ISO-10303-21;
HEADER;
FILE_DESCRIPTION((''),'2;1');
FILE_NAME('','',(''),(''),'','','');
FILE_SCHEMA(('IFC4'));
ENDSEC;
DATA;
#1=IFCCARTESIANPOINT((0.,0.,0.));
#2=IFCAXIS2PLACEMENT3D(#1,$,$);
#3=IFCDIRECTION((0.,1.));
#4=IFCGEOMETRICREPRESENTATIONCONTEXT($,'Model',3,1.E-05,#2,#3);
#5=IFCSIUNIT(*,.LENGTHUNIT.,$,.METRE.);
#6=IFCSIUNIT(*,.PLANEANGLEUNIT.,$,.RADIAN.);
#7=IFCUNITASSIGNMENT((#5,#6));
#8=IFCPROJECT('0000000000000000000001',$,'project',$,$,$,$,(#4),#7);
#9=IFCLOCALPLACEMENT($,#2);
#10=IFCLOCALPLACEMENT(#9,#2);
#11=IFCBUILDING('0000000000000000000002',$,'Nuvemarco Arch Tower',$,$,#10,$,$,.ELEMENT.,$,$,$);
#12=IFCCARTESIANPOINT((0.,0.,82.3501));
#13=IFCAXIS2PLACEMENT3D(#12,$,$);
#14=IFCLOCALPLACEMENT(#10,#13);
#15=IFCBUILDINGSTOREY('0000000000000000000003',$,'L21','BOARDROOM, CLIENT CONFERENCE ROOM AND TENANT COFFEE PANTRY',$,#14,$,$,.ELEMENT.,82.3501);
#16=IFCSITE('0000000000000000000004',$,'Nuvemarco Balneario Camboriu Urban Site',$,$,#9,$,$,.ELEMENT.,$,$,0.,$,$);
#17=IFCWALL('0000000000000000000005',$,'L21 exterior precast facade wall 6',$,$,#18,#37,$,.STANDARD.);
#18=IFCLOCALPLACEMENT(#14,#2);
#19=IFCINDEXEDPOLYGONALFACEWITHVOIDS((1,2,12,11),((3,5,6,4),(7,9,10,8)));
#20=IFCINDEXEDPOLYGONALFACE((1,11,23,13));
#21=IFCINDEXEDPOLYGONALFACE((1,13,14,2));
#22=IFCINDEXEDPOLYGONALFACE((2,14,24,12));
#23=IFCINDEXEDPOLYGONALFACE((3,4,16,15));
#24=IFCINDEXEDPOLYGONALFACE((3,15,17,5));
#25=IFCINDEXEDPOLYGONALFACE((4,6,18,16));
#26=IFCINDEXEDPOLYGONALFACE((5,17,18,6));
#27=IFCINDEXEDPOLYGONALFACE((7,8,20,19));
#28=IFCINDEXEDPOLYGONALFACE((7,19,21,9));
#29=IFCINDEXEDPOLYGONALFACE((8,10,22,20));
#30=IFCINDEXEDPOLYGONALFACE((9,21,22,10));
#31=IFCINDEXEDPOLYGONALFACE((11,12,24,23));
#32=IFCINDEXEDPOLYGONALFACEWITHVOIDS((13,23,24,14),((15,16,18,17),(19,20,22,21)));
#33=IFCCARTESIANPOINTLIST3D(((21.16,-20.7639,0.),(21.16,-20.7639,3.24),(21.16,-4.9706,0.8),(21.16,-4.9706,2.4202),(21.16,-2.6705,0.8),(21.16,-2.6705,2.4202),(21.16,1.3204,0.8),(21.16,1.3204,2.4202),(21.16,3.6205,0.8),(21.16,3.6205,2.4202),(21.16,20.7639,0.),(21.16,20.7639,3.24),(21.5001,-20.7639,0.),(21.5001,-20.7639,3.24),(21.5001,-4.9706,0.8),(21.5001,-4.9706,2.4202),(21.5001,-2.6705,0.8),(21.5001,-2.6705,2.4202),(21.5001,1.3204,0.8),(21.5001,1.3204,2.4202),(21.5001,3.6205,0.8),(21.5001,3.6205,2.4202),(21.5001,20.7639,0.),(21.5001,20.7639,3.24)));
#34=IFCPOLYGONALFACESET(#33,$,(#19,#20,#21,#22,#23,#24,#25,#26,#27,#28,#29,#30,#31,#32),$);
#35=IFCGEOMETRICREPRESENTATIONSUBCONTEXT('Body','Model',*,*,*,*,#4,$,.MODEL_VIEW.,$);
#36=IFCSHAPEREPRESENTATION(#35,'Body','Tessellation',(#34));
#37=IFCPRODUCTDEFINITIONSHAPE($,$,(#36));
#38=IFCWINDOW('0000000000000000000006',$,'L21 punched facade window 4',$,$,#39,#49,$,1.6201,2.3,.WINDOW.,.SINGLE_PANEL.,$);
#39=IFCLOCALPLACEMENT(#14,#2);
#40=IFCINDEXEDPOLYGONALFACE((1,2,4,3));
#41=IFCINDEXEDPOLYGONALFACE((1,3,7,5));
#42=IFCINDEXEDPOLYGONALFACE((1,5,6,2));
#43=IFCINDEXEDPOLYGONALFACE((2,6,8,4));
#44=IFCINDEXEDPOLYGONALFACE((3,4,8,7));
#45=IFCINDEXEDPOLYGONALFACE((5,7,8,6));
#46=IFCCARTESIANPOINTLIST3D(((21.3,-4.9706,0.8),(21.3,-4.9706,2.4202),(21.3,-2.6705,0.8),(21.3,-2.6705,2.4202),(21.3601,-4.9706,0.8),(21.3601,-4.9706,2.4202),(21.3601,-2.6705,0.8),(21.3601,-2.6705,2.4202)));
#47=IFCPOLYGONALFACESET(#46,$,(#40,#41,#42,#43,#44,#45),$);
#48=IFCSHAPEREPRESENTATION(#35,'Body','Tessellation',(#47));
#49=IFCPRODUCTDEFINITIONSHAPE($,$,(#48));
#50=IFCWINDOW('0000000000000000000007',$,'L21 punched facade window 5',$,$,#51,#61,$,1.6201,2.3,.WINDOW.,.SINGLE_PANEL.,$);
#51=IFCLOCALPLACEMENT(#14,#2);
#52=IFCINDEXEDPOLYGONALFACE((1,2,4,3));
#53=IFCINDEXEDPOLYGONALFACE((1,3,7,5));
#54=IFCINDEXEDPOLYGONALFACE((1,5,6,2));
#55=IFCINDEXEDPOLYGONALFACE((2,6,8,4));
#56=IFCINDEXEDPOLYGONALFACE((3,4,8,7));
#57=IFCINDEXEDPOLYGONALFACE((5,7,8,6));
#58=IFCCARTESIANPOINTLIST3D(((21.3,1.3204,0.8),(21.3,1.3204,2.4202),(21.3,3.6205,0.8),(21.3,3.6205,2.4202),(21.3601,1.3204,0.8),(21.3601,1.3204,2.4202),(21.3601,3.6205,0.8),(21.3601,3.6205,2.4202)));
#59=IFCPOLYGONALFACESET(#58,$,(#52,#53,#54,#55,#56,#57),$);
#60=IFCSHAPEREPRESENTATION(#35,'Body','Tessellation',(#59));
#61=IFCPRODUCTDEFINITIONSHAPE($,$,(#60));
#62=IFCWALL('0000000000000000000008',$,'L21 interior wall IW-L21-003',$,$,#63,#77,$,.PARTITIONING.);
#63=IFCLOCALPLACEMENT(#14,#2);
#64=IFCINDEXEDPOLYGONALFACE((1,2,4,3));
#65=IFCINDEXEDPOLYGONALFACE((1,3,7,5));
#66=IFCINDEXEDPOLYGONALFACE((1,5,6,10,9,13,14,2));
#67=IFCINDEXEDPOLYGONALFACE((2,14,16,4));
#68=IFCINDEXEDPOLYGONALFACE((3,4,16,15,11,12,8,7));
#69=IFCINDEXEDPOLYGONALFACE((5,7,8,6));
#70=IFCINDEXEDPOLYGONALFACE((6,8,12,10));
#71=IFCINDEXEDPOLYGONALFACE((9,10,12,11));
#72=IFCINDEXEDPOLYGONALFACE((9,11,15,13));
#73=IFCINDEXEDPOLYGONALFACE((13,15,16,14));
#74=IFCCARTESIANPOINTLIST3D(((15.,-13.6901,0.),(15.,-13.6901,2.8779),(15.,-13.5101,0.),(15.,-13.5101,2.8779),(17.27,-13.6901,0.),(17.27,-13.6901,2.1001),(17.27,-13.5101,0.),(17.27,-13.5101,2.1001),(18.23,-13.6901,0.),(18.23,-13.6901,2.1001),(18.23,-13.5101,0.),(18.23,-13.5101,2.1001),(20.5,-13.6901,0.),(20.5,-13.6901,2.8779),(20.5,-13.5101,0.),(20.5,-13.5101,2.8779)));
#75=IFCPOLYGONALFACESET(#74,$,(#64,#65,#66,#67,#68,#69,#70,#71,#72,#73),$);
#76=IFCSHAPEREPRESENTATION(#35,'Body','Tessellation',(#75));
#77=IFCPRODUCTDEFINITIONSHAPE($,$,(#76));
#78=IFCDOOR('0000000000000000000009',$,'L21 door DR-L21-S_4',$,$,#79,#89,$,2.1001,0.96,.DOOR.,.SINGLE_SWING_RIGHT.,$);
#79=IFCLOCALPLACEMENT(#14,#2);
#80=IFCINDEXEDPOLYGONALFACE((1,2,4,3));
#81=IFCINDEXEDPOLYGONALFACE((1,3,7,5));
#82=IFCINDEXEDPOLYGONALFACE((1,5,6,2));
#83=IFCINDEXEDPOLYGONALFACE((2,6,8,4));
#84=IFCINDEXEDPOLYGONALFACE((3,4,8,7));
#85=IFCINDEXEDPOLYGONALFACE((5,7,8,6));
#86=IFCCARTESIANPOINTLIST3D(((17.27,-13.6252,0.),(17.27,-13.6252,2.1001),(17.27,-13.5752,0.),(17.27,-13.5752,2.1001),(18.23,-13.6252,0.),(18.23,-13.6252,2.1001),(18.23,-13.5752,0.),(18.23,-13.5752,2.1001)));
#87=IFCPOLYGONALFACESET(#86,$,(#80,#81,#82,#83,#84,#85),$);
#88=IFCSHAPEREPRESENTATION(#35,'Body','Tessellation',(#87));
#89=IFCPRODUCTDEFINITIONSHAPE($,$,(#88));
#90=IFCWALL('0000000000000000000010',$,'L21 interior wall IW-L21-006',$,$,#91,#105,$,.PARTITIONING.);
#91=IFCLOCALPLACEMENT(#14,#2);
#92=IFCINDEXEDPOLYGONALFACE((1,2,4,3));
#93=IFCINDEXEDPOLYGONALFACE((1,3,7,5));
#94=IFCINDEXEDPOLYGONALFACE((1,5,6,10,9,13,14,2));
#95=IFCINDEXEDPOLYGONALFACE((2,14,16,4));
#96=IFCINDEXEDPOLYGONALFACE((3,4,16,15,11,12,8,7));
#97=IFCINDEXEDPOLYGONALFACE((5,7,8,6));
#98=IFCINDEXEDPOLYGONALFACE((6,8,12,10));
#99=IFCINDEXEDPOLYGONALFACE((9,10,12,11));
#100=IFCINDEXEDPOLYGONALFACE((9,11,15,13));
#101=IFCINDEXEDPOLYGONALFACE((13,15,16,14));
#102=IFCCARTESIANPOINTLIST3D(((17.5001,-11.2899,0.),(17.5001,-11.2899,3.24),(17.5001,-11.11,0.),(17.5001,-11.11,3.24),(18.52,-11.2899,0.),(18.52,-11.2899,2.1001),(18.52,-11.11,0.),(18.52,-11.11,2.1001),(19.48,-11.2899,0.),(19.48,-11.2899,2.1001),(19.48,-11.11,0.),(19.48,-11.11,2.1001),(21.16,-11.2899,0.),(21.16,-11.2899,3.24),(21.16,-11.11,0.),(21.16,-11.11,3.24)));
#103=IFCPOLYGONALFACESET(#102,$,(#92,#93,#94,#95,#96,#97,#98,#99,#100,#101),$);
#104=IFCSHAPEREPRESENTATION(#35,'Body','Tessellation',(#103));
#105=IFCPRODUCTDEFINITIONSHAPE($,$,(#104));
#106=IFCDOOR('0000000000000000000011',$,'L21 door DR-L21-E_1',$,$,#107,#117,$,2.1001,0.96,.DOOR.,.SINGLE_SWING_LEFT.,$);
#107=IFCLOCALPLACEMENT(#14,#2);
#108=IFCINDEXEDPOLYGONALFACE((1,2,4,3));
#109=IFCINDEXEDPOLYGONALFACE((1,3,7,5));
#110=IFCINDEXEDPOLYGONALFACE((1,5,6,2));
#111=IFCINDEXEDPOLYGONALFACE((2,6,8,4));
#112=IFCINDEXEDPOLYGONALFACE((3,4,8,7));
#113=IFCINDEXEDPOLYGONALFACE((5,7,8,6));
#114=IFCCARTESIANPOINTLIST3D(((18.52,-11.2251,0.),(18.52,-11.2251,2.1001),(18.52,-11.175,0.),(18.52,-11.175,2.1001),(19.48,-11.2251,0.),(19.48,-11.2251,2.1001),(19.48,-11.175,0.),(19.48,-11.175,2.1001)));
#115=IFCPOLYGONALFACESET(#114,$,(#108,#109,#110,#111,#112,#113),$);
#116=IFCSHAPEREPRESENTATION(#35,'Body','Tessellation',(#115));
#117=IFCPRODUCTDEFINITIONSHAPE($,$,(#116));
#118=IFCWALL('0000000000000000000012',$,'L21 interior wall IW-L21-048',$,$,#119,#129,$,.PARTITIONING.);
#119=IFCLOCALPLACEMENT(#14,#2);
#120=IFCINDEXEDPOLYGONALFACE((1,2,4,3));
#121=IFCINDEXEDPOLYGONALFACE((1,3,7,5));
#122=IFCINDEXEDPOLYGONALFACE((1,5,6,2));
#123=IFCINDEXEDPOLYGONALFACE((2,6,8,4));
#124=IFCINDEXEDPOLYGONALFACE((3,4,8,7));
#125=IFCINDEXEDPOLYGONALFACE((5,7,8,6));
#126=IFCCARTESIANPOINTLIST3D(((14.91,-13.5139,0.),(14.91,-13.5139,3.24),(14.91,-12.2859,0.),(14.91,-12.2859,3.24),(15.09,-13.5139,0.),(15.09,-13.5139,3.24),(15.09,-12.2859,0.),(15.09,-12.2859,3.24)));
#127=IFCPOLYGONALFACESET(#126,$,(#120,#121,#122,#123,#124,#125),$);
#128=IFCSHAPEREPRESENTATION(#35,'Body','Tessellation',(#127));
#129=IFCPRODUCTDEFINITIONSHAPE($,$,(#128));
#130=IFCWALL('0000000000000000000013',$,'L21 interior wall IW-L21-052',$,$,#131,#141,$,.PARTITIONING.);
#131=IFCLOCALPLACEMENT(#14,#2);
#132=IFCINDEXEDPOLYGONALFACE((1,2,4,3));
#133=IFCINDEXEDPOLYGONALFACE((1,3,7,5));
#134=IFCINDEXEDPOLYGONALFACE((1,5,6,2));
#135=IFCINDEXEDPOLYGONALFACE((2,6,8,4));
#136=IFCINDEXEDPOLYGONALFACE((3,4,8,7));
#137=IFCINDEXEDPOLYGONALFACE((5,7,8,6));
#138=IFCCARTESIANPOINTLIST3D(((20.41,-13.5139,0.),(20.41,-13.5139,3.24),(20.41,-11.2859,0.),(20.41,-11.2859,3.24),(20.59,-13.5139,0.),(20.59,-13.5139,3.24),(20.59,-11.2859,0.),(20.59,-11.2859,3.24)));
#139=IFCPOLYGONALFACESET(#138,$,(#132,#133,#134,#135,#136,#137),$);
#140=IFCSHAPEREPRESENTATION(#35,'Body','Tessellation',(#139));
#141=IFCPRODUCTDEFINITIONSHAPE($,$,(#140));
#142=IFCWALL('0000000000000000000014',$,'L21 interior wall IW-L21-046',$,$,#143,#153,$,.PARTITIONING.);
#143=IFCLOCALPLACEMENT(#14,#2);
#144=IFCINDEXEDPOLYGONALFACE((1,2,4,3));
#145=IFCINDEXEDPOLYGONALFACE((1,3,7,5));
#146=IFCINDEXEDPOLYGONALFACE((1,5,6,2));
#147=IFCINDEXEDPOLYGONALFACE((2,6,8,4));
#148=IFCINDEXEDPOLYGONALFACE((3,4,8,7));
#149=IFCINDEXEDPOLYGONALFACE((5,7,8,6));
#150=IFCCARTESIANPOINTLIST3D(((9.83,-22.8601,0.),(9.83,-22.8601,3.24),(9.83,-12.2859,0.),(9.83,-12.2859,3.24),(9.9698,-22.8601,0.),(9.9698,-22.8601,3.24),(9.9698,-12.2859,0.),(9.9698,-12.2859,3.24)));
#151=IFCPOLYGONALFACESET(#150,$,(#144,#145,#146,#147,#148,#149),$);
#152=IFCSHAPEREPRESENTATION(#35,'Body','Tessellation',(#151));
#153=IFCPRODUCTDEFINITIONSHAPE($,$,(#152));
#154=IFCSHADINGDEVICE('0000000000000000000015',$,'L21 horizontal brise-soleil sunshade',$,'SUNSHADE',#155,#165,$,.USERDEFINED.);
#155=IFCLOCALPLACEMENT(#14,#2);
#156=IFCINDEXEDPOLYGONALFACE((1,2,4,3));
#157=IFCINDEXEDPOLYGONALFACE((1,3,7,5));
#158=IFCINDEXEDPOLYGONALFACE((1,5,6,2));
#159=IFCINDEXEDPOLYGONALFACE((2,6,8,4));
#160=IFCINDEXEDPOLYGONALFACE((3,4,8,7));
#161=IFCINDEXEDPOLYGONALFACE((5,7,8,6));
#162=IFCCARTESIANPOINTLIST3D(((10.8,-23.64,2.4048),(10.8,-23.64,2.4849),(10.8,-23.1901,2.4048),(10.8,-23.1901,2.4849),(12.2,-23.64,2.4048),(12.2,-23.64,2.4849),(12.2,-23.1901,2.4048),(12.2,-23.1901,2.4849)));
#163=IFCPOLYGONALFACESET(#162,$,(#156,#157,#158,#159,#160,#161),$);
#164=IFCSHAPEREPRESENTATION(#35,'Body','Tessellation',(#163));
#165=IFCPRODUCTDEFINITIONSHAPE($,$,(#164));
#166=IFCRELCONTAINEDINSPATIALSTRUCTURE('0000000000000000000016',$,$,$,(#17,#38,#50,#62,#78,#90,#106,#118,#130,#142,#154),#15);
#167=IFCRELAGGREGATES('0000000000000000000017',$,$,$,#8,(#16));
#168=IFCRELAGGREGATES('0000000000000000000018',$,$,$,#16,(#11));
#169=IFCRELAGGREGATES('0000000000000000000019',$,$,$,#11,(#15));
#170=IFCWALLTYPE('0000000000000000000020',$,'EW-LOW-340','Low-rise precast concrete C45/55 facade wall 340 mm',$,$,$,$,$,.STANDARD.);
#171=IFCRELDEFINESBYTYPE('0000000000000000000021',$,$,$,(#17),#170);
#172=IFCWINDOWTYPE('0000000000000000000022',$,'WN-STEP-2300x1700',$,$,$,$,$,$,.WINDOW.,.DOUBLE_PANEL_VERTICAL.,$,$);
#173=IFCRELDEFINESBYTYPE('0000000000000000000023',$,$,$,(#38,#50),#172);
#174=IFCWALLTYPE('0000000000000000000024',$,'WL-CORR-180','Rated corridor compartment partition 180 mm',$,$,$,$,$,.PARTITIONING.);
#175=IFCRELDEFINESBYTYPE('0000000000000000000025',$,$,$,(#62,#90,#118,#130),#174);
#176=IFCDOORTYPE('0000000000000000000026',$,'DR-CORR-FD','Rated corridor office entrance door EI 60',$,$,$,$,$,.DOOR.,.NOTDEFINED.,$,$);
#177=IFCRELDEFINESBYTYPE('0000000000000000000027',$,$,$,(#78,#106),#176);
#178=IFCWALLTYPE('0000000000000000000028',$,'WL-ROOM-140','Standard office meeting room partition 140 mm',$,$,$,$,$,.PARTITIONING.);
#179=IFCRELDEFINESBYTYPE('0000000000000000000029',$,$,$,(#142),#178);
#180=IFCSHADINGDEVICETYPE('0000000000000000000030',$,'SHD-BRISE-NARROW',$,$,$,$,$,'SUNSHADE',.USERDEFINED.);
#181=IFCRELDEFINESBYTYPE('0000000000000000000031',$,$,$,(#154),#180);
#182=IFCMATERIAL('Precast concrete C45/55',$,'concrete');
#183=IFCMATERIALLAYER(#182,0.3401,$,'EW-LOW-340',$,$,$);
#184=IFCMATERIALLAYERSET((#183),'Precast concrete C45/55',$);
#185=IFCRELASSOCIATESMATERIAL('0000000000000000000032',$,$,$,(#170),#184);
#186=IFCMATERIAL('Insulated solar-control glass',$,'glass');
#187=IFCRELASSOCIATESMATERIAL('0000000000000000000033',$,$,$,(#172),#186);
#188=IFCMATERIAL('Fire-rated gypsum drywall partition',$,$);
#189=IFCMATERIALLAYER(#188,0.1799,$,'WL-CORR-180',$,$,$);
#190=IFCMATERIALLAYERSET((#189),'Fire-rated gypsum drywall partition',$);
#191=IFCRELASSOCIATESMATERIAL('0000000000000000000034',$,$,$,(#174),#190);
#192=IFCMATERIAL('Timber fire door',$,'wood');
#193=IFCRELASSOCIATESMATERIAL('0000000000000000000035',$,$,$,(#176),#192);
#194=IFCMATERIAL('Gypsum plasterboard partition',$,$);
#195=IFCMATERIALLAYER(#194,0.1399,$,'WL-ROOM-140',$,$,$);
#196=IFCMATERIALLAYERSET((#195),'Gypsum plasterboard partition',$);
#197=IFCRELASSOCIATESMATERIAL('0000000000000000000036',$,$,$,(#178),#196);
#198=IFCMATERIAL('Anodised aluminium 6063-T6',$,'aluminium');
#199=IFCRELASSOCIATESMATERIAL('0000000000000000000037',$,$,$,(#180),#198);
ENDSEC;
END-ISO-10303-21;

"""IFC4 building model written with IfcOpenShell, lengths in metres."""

from ifc_helpers import new_model, si_unit, direction, frame, frame_2d, origin, origin_2d, place, context, subcontext, project, spatial, rectangle, extrude, source, transform, mapped, material, layer, layer_set, type_object, type_shapes, element, fill, save


model = new_model("IFC4")

# Units and contexts
model_context = context("Model", 3, precision=1e-05, world=origin(), true_north=direction((0.0, 1.0)))
body_context = subcontext(model_context, "Body", "Model", "MODEL_VIEW")
ifc_project = project(units=[si_unit("LENGTHUNIT", "METRE"), si_unit("PLANEANGLEUNIT", "RADIAN")], contexts=[model_context])

# Site, building, storey
site_placement = place(None, origin())
site = spatial("IfcSite", under=ifc_project, at=site_placement, Name="Nuvemarco Balneario Camboriu Urban Site", CompositionType="ELEMENT", RefElevation=0.0)
building_placement = place(site_placement, origin())
building = spatial("IfcBuilding", under=site, at=building_placement, Name="Nuvemarco Arch Tower", CompositionType="ELEMENT")
storey_placement = place(building_placement, frame((0.0, 0.0, 82.3501)))
storey = spatial("IfcBuildingStorey", under=building, at=storey_placement, Name="L21", Description="BOARDROOM, CLIENT CONFERENCE ROOM AND TENANT COFFEE PANTRY", CompositionType="ELEMENT", Elevation=82.3501)

# Shared definitions
ifc_material_1 = material(Name="Precast concrete C45/55", Category="concrete")

# Shared definitions
ifc_layer_1 = layer(ifc_material_1, 0.3401, Name="EW-LOW-340")
ifc_layer_set_1 = layer_set([ifc_layer_1], Name="Precast concrete C45/55")
wall_type_1 = type_object("IfcWallType", Name="EW-LOW-340", Description="Low-rise precast concrete C45/55 facade wall 340 mm", PredefinedType="STANDARD", material=ifc_layer_set_1)

# Wall, openings, windows
wall_1_placement = place(storey_placement, frame((21.3301, -20.7639, 0.0), z_axis=(0.0, 0.0, 1.0), x_axis=(0.0, 1.0, 0.0)))
wall_1 = element("IfcWall", 1, at=wall_1_placement, inside=storey, type_object=wall_type_1, Name="L21 exterior precast facade wall 6", PredefinedType="STANDARD", context=body_context, shape_type="SweptSolid", body=[
    extrude(rectangle(XDim=41.5278, YDim=0.3401, at=frame_2d((20.7639, 0.0))), origin(), (0.0, 0.0, 1.0), 3.24),
])
opening_1_placement = place(wall_1_placement, frame((15.7935, 0.0, 0.8)))
opening_1 = element("IfcOpeningElement", 2, at=opening_1_placement, cuts=wall_1, PredefinedType="OPENING", context=body_context, shape_type="SweptSolid", body=[
    extrude(rectangle(XDim=2.3, YDim=1.6201, at=frame_2d((1.1499, 0.8101))), frame((0.0, 0.1799, 0.0), z_axis=(0.0, -1.0, 0.0), x_axis=(1.0, 0.0, 0.0)), (0.0, 0.0, 1.0), 0.3601),
])
opening_2_placement = place(wall_1_placement, frame((22.0845, 0.0, 0.8)))
opening_2 = element("IfcOpeningElement", 3, at=opening_2_placement, cuts=wall_1, PredefinedType="OPENING", context=body_context, shape_type="SweptSolid", body=[
    extrude(rectangle(XDim=2.3, YDim=1.6201, at=frame_2d((1.1499, 0.8101))), frame((0.0, 0.1799, 0.0), z_axis=(0.0, -1.0, 0.0), x_axis=(1.0, 0.0, 0.0)), (0.0, 0.0, 1.0), 0.3601),
])
ifc_material_2 = material(Name="Insulated solar-control glass", Category="glass")
window_type = type_object("IfcWindowType", Name="WN-STEP-2300x1700", PartitioningType="DOUBLE_PANEL_VERTICAL", PredefinedType="WINDOW", material=ifc_material_2)
shared_shape_1 = source(origin(), body_context, "Body", "SweptSolid", [
    extrude(rectangle(XDim=2.3, YDim=1.6201, at=frame_2d((1.1499, 0.8101))), frame((0.0, 0.03, 0.0), z_axis=(0.0, -1.0, 0.0), x_axis=(1.0, 0.0, 0.0)), (0.0, 0.0, 1.0), 0.0601),
])
type_shapes(window_type, [shared_shape_1])
window_1_placement = place(opening_1_placement, origin())
window_1 = element("IfcWindow", 4, at=window_1_placement, inside=storey, type_object=window_type, Name="L21 punched facade window 4", OverallHeight=1.6201, OverallWidth=2.3, PartitioningType="SINGLE_PANEL", PredefinedType="WINDOW", context=body_context, shape_type="MappedRepresentation", body=[
    mapped(shared_shape_1, transform((0.0, 0.0, 0.0), scale=1.0)),
])
fill(opening_1, window_1)
window_2_placement = place(opening_2_placement, origin())
window_2 = element("IfcWindow", 5, at=window_2_placement, inside=storey, type_object=window_type, Name="L21 punched facade window 5", OverallHeight=1.6201, OverallWidth=2.3, PartitioningType="SINGLE_PANEL", PredefinedType="WINDOW", context=body_context, shape_type="MappedRepresentation", body=[
    mapped(shared_shape_1, transform((0.0, 0.0, 0.0), scale=1.0)),
])
fill(opening_2, window_2)

# Walls, openings, doors
ifc_material_3 = material(Name="Fire-rated gypsum drywall partition")
ifc_layer_2 = layer(ifc_material_3, 0.1799, Name="WL-CORR-180")
ifc_layer_set_2 = layer_set([ifc_layer_2], Name="Fire-rated gypsum drywall partition")
wall_type_2 = type_object("IfcWallType", Name="WL-CORR-180", Description="Rated corridor compartment partition 180 mm", PredefinedType="PARTITIONING", material=ifc_layer_set_2)
wall_2_placement = place(storey_placement, frame((15.0, -13.6001, 0.0), z_axis=(0.0, 0.0, 1.0), x_axis=(1.0, 0.0, 0.0)))
wall_2 = element("IfcWall", 6, at=wall_2_placement, inside=storey, type_object=wall_type_2, Name="L21 interior wall IW-L21-003", PredefinedType="PARTITIONING", context=body_context, shape_type="SweptSolid", body=[
    extrude(rectangle(XDim=5.5, YDim=0.1799, at=frame_2d((2.75, 0.0))), origin(), (0.0, 0.0, 1.0), 2.8779),
])
opening_3_placement = place(wall_2_placement, frame((2.27, 0.0, 0.0)))
opening_3 = element("IfcOpeningElement", 7, at=opening_3_placement, cuts=wall_2, PredefinedType="OPENING", context=body_context, shape_type="SweptSolid", body=[
    extrude(rectangle(XDim=0.96, YDim=2.1001, at=frame_2d((0.48, 1.05))), frame((0.0, 0.0999, 0.0), z_axis=(0.0, -1.0, 0.0), x_axis=(1.0, 0.0, 0.0)), (0.0, 0.0, 1.0), 0.2),
])
ifc_material_4 = material(Name="Timber fire door", Category="wood")
door_type = type_object("IfcDoorType", Name="DR-CORR-FD", Description="Rated corridor office entrance door EI 60", OperationType="NOTDEFINED", PredefinedType="DOOR", material=ifc_material_4)
shared_shape_2 = source(origin(), body_context, "Body", "SweptSolid", [
    extrude(rectangle(XDim=0.96, YDim=2.1001, at=frame_2d((0.48, 1.05))), frame((0.0, 0.0249, 0.0), z_axis=(0.0, -1.0, 0.0), x_axis=(1.0, 0.0, 0.0)), (0.0, 0.0, 1.0), 0.05),
])
type_shapes(door_type, [shared_shape_2])
door_1_placement = place(opening_3_placement, origin())
door_1 = element("IfcDoor", 8, at=door_1_placement, inside=storey, type_object=door_type, Name="L21 door DR-L21-S_4", OperationType="SINGLE_SWING_RIGHT", OverallHeight=2.1001, OverallWidth=0.96, PredefinedType="DOOR", context=body_context, shape_type="MappedRepresentation", body=[
    mapped(shared_shape_2, transform((0.0, 0.0, 0.0), scale=1.0)),
])
fill(opening_3, door_1)
wall_3_placement = place(storey_placement, frame((17.5, -11.2, 0.0), z_axis=(0.0, 0.0, 1.0), x_axis=(1.0, 0.0, 0.0)))
wall_3 = element("IfcWall", 9, at=wall_3_placement, inside=storey, type_object=wall_type_2, Name="L21 interior wall IW-L21-006", PredefinedType="PARTITIONING", context=body_context, shape_type="SweptSolid", body=[
    extrude(rectangle(XDim=3.6599, YDim=0.1799, at=frame_2d((1.8301, 0.0))), origin(), (0.0, 0.0, 1.0), 3.24),
])
opening_4_placement = place(wall_3_placement, frame((1.02, 0.0, 0.0)))
opening_4 = element("IfcOpeningElement", 10, at=opening_4_placement, cuts=wall_3, PredefinedType="OPENING", context=body_context, shape_type="SweptSolid", body=[
    extrude(rectangle(XDim=0.96, YDim=2.1001, at=frame_2d((0.48, 1.05))), frame((0.0, 0.0999, 0.0), z_axis=(0.0, -1.0, 0.0), x_axis=(1.0, 0.0, 0.0)), (0.0, 0.0, 1.0), 0.2),
])
door_2_placement = place(opening_4_placement, origin())
door_2 = element("IfcDoor", 11, at=door_2_placement, inside=storey, type_object=door_type, Name="L21 door DR-L21-E_1", OperationType="SINGLE_SWING_LEFT", OverallHeight=2.1001, OverallWidth=0.96, PredefinedType="DOOR", context=body_context, shape_type="MappedRepresentation", body=[
    mapped(shared_shape_2, transform((0.0, 0.0, 0.0), scale=1.0)),
])
fill(opening_4, door_2)

# Walls
wall_4_placement = place(storey_placement, frame((15.0, -13.5139, 0.0), z_axis=(0.0, 0.0, 1.0), x_axis=(0.0, 1.0, 0.0)))
element("IfcWall", 12, at=wall_4_placement, inside=storey, type_object=wall_type_2, Name="L21 interior wall IW-L21-048", PredefinedType="PARTITIONING", context=body_context, shape_type="SweptSolid", body=[
    extrude(rectangle(XDim=1.228, YDim=0.1799, at=frame_2d((0.614, 0.0))), origin(), (0.0, 0.0, 1.0), 3.24),
])
wall_5_placement = place(storey_placement, frame((20.5, -13.5139, 0.0), z_axis=(0.0, 0.0, 1.0), x_axis=(0.0, 1.0, 0.0)))
element("IfcWall", 13, at=wall_5_placement, inside=storey, type_object=wall_type_2, Name="L21 interior wall IW-L21-052", PredefinedType="PARTITIONING", context=body_context, shape_type="SweptSolid", body=[
    extrude(rectangle(XDim=2.228, YDim=0.1799, at=frame_2d((1.114, 0.0))), origin(), (0.0, 0.0, 1.0), 3.24),
])
ifc_material_5 = material(Name="Gypsum plasterboard partition")
ifc_layer_3 = layer(ifc_material_5, 0.1399, Name="WL-ROOM-140")
ifc_layer_set_3 = layer_set([ifc_layer_3], Name="Gypsum plasterboard partition")
wall_type_3 = type_object("IfcWallType", Name="WL-ROOM-140", Description="Standard office meeting room partition 140 mm", PredefinedType="PARTITIONING", material=ifc_layer_set_3)
wall_6_placement = place(storey_placement, frame((9.8999, -22.8601, 0.0), z_axis=(0.0, 0.0, 1.0), x_axis=(0.0, 1.0, 0.0)))
element("IfcWall", 14, at=wall_6_placement, inside=storey, type_object=wall_type_3, Name="L21 interior wall IW-L21-046", PredefinedType="PARTITIONING", context=body_context, shape_type="SweptSolid", body=[
    extrude(rectangle(XDim=10.5742, YDim=0.1399, at=frame_2d((5.2871, 0.0))), origin(), (0.0, 0.0, 1.0), 3.24),
])

# Shading device
ifc_material_6 = material(Name="Anodised aluminium 6063-T6", Category="aluminium")
shading_device_type = type_object("IfcShadingDeviceType", Name="SHD-BRISE-NARROW", ElementType="SUNSHADE", PredefinedType="USERDEFINED", material=ifc_material_6)
shared_shape_3 = source(origin(), body_context, "Body", "SweptSolid", [
    extrude(rectangle(XDim=1.3999, YDim=0.45, at=origin_2d()), origin(), (0.0, 0.0, 1.0), 0.0801),
])
type_shapes(shading_device_type, [shared_shape_3])
for number, where, z_axis, x_axis, name in (
    (15, (11.5, -23.415, 2.4048), (0.0, 0.0, 1.0), (1.0, 0.0, 0.0), "L21 horizontal brise-soleil sunshade"),
):
    element("IfcShadingDevice", number, at=place(storey_placement, frame(where, z_axis=z_axis, x_axis=x_axis)), inside=storey, type_object=shading_device_type, Name=name, ObjectType="SUNSHADE", PredefinedType="USERDEFINED", context=body_context, shape_type="MappedRepresentation", body=[
        mapped(shared_shape_3, transform((0.0, 0.0, 0.0), scale=1.0)),
    ])

save(model, "model.ifc")
